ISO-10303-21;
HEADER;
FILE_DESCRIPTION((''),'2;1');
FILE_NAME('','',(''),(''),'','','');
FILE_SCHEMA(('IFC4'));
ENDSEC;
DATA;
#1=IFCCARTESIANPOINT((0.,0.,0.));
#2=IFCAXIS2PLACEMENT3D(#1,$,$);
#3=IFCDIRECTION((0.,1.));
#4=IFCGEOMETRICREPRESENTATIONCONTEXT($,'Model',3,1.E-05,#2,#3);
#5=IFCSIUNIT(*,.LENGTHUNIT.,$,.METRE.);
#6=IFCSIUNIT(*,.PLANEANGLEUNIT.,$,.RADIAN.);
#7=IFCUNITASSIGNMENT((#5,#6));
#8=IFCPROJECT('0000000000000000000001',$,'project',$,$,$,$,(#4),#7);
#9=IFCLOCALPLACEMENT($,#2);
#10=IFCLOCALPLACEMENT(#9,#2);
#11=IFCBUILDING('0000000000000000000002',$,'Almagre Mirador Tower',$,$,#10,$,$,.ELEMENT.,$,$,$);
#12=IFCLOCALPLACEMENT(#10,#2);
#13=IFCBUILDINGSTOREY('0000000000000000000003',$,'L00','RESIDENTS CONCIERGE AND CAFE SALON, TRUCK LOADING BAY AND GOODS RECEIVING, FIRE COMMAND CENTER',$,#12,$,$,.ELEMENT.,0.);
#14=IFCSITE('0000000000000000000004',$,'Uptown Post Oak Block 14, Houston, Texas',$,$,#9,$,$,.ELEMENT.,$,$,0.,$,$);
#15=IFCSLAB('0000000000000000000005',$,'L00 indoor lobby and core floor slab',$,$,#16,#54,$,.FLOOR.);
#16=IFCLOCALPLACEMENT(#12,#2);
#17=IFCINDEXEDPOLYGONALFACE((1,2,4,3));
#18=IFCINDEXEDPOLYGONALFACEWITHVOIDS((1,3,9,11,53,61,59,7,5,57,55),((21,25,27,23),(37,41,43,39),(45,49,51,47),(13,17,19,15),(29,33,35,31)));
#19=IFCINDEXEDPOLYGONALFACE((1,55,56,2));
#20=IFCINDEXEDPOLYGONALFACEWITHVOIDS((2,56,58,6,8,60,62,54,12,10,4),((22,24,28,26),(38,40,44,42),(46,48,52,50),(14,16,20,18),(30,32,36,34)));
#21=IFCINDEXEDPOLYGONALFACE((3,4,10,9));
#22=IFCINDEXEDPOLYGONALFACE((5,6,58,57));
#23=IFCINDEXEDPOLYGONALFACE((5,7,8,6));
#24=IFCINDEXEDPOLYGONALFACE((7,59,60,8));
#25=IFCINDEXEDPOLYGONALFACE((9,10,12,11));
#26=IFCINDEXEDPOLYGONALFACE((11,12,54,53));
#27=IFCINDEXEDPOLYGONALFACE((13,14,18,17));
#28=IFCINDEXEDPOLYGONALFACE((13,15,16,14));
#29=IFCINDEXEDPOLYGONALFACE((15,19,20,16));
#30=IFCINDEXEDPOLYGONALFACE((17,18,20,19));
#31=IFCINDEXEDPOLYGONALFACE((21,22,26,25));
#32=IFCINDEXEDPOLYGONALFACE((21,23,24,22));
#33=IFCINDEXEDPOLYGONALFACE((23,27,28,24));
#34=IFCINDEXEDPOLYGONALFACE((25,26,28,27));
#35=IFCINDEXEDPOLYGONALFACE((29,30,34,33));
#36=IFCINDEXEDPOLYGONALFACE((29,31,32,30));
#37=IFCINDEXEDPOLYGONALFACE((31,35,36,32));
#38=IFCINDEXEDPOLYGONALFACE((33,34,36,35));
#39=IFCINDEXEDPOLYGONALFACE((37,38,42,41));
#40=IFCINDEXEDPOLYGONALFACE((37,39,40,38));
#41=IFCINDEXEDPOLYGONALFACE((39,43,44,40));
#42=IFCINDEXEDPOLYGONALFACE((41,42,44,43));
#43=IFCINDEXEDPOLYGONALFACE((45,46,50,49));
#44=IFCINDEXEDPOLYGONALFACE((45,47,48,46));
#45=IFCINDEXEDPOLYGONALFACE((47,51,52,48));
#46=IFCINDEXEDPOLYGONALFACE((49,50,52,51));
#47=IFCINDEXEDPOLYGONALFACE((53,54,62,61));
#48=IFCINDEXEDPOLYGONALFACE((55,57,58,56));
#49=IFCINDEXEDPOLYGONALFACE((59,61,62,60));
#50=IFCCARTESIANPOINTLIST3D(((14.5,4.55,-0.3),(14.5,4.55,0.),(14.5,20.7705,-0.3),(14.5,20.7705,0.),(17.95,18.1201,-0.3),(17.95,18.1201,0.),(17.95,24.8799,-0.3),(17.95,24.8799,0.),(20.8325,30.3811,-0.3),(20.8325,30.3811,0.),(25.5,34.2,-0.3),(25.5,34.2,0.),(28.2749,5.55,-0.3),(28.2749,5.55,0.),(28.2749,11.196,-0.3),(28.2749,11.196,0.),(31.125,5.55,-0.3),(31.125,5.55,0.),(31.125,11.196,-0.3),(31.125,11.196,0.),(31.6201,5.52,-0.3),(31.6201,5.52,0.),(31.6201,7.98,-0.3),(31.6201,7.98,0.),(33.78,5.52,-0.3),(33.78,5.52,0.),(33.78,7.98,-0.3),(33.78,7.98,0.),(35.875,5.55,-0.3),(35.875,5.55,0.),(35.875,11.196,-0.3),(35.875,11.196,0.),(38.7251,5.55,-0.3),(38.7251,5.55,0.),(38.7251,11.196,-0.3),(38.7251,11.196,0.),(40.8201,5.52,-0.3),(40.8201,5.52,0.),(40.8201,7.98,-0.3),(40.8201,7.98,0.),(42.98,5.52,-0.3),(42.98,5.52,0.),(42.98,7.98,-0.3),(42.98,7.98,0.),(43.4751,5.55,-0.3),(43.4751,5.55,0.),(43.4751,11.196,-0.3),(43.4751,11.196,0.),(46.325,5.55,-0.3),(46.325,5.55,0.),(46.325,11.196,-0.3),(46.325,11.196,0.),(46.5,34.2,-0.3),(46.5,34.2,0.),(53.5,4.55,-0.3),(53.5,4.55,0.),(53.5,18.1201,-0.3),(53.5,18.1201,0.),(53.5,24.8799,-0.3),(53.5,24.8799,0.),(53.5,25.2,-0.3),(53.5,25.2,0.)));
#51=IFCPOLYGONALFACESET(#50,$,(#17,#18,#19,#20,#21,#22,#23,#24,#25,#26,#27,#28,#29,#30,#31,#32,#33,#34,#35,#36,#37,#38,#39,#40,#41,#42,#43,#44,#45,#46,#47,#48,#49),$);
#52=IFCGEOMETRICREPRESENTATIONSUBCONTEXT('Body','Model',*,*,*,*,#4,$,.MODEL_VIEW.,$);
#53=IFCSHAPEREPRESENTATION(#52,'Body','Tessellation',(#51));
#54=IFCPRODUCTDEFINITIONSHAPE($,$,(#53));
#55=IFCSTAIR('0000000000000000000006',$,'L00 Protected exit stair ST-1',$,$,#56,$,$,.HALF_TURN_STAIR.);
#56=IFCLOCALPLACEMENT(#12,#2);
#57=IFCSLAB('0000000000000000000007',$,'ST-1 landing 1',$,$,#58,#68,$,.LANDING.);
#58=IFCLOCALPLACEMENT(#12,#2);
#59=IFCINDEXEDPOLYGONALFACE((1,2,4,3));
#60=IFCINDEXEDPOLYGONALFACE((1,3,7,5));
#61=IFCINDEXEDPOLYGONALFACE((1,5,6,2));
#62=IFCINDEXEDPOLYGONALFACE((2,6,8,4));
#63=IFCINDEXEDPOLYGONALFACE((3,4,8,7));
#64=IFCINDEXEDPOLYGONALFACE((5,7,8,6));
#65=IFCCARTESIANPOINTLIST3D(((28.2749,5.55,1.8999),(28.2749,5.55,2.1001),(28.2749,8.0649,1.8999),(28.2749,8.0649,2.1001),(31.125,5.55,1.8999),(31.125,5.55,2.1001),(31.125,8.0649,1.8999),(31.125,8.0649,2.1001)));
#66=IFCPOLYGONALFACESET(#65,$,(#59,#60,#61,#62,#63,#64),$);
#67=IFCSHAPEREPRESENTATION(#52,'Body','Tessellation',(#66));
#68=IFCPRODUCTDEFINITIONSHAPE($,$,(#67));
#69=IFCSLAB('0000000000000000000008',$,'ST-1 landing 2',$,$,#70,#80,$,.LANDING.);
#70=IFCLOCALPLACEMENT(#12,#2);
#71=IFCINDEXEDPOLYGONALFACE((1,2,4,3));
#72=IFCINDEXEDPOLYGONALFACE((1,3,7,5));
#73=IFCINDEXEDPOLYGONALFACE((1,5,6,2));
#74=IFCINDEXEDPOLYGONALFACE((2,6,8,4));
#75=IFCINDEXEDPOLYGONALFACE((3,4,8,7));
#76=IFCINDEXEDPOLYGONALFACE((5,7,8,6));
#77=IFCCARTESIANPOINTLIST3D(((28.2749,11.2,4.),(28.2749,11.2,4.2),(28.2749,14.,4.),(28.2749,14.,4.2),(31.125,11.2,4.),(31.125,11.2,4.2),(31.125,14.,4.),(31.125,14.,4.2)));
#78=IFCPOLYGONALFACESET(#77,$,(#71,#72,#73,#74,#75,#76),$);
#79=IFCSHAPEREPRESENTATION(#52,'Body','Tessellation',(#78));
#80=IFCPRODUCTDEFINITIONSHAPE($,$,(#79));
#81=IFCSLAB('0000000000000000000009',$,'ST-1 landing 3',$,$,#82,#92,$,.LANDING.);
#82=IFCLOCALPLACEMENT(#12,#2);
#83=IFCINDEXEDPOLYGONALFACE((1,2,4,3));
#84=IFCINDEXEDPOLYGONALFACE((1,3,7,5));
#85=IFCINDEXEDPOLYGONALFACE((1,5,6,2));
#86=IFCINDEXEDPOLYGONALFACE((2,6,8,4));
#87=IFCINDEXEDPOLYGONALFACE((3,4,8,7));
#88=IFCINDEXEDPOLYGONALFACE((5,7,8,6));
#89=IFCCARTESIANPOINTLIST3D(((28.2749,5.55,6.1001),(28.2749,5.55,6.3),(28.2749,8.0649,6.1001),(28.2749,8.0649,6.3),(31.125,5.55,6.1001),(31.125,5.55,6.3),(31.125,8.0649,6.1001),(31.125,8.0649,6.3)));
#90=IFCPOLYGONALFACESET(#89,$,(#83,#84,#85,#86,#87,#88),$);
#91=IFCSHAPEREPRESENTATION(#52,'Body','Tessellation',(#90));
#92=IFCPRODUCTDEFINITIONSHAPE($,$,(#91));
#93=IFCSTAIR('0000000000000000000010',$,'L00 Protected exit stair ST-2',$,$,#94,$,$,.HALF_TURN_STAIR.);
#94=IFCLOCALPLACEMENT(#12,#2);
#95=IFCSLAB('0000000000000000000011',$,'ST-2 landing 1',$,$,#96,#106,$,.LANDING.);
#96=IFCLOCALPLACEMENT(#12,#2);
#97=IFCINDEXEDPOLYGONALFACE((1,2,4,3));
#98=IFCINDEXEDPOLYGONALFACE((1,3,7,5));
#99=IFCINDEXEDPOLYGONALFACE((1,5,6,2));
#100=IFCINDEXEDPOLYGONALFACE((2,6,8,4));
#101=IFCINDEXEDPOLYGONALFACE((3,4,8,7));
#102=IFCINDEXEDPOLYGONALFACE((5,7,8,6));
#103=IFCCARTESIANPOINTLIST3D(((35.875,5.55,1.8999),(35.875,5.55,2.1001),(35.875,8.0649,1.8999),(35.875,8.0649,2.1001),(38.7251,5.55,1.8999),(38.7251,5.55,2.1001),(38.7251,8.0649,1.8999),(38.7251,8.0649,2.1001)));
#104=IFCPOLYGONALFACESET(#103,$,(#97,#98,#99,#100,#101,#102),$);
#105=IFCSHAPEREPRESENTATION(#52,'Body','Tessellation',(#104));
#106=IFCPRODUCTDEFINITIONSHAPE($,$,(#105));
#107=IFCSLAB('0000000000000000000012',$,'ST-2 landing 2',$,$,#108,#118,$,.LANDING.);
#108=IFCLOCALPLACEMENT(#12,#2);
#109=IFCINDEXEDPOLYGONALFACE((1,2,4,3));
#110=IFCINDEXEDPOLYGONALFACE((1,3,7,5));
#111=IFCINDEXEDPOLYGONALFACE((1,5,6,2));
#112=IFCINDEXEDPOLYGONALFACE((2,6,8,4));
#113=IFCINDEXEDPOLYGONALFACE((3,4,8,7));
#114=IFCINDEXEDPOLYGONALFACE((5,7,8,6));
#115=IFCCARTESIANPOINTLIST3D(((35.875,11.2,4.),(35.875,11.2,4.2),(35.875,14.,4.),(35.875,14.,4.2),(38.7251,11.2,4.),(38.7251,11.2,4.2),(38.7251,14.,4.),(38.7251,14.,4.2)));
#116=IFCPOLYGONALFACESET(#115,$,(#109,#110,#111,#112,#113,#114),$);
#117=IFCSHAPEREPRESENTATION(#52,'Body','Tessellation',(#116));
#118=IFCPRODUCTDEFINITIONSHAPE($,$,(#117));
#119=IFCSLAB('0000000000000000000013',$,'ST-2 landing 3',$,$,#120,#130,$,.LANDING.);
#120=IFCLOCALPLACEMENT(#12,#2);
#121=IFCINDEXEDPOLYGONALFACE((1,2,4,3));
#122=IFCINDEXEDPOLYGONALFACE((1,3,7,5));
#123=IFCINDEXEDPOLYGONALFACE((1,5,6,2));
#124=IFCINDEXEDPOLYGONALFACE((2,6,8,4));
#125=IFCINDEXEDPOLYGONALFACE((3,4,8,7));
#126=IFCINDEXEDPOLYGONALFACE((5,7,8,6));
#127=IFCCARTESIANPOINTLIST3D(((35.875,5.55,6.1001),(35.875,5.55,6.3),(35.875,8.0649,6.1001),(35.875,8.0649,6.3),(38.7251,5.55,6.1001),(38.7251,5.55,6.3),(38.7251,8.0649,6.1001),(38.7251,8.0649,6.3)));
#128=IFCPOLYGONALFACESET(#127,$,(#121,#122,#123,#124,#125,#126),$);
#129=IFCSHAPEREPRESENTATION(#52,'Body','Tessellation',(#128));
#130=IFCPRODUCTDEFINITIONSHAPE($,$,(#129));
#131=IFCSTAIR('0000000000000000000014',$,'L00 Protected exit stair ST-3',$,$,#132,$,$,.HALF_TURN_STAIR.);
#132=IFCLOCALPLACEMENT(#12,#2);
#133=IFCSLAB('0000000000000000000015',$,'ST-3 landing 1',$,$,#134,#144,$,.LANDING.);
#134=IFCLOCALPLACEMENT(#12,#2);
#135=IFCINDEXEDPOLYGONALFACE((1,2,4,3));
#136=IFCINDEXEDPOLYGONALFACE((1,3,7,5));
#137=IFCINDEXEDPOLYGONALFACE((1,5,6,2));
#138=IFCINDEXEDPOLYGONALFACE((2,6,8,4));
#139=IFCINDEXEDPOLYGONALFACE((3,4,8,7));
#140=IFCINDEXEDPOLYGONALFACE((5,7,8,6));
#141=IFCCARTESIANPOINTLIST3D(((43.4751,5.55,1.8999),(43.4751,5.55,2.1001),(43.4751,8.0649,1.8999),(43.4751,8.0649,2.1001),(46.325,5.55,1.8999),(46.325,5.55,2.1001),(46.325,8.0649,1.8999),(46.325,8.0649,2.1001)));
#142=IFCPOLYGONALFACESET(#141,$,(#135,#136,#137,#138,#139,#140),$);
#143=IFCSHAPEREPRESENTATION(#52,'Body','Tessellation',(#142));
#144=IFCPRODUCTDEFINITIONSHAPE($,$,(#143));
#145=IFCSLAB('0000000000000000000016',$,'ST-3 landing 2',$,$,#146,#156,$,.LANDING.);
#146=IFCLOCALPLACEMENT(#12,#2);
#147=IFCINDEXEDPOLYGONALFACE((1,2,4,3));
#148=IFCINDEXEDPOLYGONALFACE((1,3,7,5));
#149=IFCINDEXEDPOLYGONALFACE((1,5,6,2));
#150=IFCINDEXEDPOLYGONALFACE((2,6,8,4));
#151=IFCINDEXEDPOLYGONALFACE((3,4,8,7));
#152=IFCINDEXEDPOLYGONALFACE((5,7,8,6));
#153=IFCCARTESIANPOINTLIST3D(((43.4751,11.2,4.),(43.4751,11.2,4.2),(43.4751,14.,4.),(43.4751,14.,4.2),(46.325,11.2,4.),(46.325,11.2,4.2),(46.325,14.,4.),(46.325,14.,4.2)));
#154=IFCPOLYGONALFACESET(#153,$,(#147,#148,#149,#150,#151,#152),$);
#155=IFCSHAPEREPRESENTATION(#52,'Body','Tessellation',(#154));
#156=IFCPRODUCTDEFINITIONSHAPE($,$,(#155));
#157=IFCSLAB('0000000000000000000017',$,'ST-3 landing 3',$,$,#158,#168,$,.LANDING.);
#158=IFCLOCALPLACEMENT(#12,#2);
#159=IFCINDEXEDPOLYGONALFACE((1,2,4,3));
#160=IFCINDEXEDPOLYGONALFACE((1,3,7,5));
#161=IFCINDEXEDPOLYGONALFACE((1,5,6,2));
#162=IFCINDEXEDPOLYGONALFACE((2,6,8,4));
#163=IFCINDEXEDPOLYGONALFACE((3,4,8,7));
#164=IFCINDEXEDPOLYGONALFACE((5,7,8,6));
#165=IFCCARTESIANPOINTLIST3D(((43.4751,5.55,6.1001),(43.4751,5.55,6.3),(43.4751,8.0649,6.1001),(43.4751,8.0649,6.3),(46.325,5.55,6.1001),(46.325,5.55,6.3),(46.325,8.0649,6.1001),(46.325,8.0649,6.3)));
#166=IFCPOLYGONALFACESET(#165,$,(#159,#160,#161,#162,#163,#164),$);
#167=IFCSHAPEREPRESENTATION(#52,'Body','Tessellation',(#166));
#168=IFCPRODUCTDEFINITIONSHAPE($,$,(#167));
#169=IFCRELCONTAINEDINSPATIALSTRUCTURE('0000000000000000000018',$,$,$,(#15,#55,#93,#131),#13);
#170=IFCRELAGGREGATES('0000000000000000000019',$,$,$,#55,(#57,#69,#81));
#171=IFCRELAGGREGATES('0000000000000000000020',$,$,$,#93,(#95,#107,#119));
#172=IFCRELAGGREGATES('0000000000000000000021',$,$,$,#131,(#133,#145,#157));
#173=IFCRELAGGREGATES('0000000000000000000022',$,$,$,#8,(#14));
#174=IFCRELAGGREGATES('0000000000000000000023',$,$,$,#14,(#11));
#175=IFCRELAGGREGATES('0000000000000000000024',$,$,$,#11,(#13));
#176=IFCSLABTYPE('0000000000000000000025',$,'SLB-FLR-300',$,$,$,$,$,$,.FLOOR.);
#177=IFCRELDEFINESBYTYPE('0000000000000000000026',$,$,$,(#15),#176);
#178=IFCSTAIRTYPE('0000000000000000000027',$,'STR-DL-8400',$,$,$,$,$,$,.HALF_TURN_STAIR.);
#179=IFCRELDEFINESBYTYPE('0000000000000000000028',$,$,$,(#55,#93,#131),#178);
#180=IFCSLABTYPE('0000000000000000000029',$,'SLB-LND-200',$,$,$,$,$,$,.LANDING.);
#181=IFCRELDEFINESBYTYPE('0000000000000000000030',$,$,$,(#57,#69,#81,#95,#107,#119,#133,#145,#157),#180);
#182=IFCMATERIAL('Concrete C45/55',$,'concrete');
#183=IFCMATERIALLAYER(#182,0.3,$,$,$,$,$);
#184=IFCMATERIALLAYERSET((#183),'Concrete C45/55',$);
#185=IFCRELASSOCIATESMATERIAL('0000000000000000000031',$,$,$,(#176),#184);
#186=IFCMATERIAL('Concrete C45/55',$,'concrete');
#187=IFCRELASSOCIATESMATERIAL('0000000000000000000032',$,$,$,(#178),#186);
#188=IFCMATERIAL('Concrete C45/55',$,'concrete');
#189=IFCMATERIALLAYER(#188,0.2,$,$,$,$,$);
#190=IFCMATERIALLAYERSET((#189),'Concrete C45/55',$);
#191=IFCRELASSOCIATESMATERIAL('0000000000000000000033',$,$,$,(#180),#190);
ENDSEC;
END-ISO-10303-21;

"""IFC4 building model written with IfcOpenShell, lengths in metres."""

from ifc_helpers import new_model, si_unit, direction, frame, origin, place, context, subcontext, project, spatial, polyline, outline, extrude, material, layer, layer_set, type_object, element, aggregate, save


model = new_model("IFC4")

# Units and contexts
model_context = context("Model", 3, precision=1e-05, world=origin(), true_north=direction((0.0, 1.0)))
body_context = subcontext(model_context, "Body", "Model", "MODEL_VIEW")
ifc_project = project(units=[si_unit("LENGTHUNIT", "METRE"), si_unit("PLANEANGLEUNIT", "RADIAN")], contexts=[model_context])

# Site, building, storey
site_placement = place(None, origin())
site = spatial("IfcSite", under=ifc_project, at=site_placement, Name="Uptown Post Oak Block 14, Houston, Texas", CompositionType="ELEMENT", RefElevation=0.0)
building_placement = place(site_placement, origin())
building = spatial("IfcBuilding", under=site, at=building_placement, Name="Almagre Mirador Tower", CompositionType="ELEMENT")
storey_placement = place(building_placement, origin())
storey = spatial("IfcBuildingStorey", under=building, at=storey_placement, Name="L00", Description="RESIDENTS CONCIERGE AND CAFE SALON, TRUCK LOADING BAY AND GOODS RECEIVING, FIRE COMMAND CENTER", CompositionType="ELEMENT", Elevation=0.0)

# Slab
ifc_material_1 = material(Name="Concrete C45/55", Category="concrete")
ifc_layer_1 = layer(ifc_material_1, 0.3)
ifc_layer_set_1 = layer_set([ifc_layer_1], Name="Concrete C45/55")
slab_type_1 = type_object("IfcSlabType", Name="SLB-FLR-300", PredefinedType="FLOOR", material=ifc_layer_set_1)
slab_1_placement = place(storey_placement, frame((0.0, 0.0, -0.3)))
element("IfcSlab", 1, at=slab_1_placement, inside=storey, type_object=slab_type_1, Name="L00 indoor lobby and core floor slab", PredefinedType="FLOOR", context=body_context, shape_type="SweptSolid", body=[
    extrude(outline(polyline([(25.5, 34.2), (20.8325, 30.3811), (14.5, 20.7705), (14.5, 4.55), (53.5, 4.55), (53.5, 18.1201), (17.95, 18.1201), (17.95, 24.8799), (53.5, 24.8799), (53.5, 25.2), (46.5, 34.2), (25.5, 34.2)]), holes=[polyline([(43.4751, 5.55), (43.4751, 11.196), (46.325, 11.196), (46.325, 5.55), (43.4751, 5.55)]), polyline([(42.98, 5.52), (40.8201, 5.52), (40.8201, 7.98), (42.98, 7.98), (42.98, 5.52)]), polyline([(38.7251, 5.55), (35.875, 5.55), (35.875, 11.196), (38.7251, 11.196), (38.7251, 5.55)]), polyline([(33.78, 7.98), (33.78, 5.52), (31.6201, 5.52), (31.6201, 7.98), (33.78, 7.98)]), polyline([(28.2749, 5.55), (28.2749, 11.196), (31.125, 11.196), (31.125, 5.55), (28.2749, 5.55)])]), origin(), (0.0, 0.0, 1.0), 0.3),
])

# Stairs, slabs
ifc_material_2 = material(Name="Concrete C45/55", Category="concrete")
stair_type = type_object("IfcStairType", Name="STR-DL-8400", PredefinedType="HALF_TURN_STAIR", material=ifc_material_2)
stair_1_placement = place(storey_placement, origin())
stair_1 = element("IfcStair", 2, at=stair_1_placement, inside=storey, type_object=stair_type, Name="L00 Protected exit stair ST-1", PredefinedType="HALF_TURN_STAIR")
ifc_material_3 = material(Name="Concrete C45/55", Category="concrete")
ifc_layer_2 = layer(ifc_material_3, 0.2)
ifc_layer_set_2 = layer_set([ifc_layer_2], Name="Concrete C45/55")
slab_type_2 = type_object("IfcSlabType", Name="SLB-LND-200", PredefinedType="LANDING", material=ifc_layer_set_2)
slab_2_placement = place(storey_placement, frame((0.0, 0.0, 1.8999)))
slab_2 = element("IfcSlab", 3, at=slab_2_placement, type_object=slab_type_2, Name="ST-1 landing 1", PredefinedType="LANDING", context=body_context, shape_type="SweptSolid", body=[
    extrude(outline(polyline([(28.2749, 8.0649), (28.2749, 5.55), (31.125, 5.55), (31.125, 8.0649), (28.2749, 8.0649)])), origin(), (0.0, 0.0, 1.0), 0.2002),
])
slab_3_placement = place(storey_placement, frame((0.0, 0.0, 4.0)))
slab_3 = element("IfcSlab", 4, at=slab_3_placement, type_object=slab_type_2, Name="ST-1 landing 2", PredefinedType="LANDING", context=body_context, shape_type="SweptSolid", body=[
    extrude(outline(polyline([(28.2749, 14.0), (28.2749, 11.2), (31.125, 11.2), (31.125, 14.0), (28.2749, 14.0)])), origin(), (0.0, 0.0, 1.0), 0.2),
])
slab_4_placement = place(storey_placement, frame((0.0, 0.0, 6.1001)))
slab_4 = element("IfcSlab", 5, at=slab_4_placement, type_object=slab_type_2, Name="ST-1 landing 3", PredefinedType="LANDING", context=body_context, shape_type="SweptSolid", body=[
    extrude(outline(polyline([(28.2749, 8.0649), (28.2749, 5.55), (31.125, 5.55), (31.125, 8.0649), (28.2749, 8.0649)])), origin(), (0.0, 0.0, 1.0), 0.2),
])
aggregate(stair_1, [slab_2, slab_3, slab_4])
stair_2_placement = place(storey_placement, origin())
stair_2 = element("IfcStair", 6, at=stair_2_placement, inside=storey, type_object=stair_type, Name="L00 Protected exit stair ST-2", PredefinedType="HALF_TURN_STAIR")
slab_5_placement = place(storey_placement, frame((0.0, 0.0, 1.8999)))
slab_5 = element("IfcSlab", 7, at=slab_5_placement, type_object=slab_type_2, Name="ST-2 landing 1", PredefinedType="LANDING", context=body_context, shape_type="SweptSolid", body=[
    extrude(outline(polyline([(35.875, 8.0649), (35.875, 5.55), (38.7251, 5.55), (38.7251, 8.0649), (35.875, 8.0649)])), origin(), (0.0, 0.0, 1.0), 0.2002),
])
slab_6_placement = place(storey_placement, frame((0.0, 0.0, 4.0)))
slab_6 = element("IfcSlab", 8, at=slab_6_placement, type_object=slab_type_2, Name="ST-2 landing 2", PredefinedType="LANDING", context=body_context, shape_type="SweptSolid", body=[
    extrude(outline(polyline([(35.875, 14.0), (35.875, 11.2), (38.7251, 11.2), (38.7251, 14.0), (35.875, 14.0)])), origin(), (0.0, 0.0, 1.0), 0.2),
])
slab_7_placement = place(storey_placement, frame((0.0, 0.0, 6.1001)))
slab_7 = element("IfcSlab", 9, at=slab_7_placement, type_object=slab_type_2, Name="ST-2 landing 3", PredefinedType="LANDING", context=body_context, shape_type="SweptSolid", body=[
    extrude(outline(polyline([(35.875, 8.0649), (35.875, 5.55), (38.7251, 5.55), (38.7251, 8.0649), (35.875, 8.0649)])), origin(), (0.0, 0.0, 1.0), 0.2),
])
aggregate(stair_2, [slab_5, slab_6, slab_7])
stair_3_placement = place(storey_placement, origin())
stair_3 = element("IfcStair", 10, at=stair_3_placement, inside=storey, type_object=stair_type, Name="L00 Protected exit stair ST-3", PredefinedType="HALF_TURN_STAIR")
slab_8_placement = place(storey_placement, frame((0.0, 0.0, 1.8999)))
slab_8 = element("IfcSlab", 11, at=slab_8_placement, type_object=slab_type_2, Name="ST-3 landing 1", PredefinedType="LANDING", context=body_context, shape_type="SweptSolid", body=[
    extrude(outline(polyline([(43.4751, 8.0649), (43.4751, 5.55), (46.325, 5.55), (46.325, 8.0649), (43.4751, 8.0649)])), origin(), (0.0, 0.0, 1.0), 0.2002),
])
slab_9_placement = place(storey_placement, frame((0.0, 0.0, 4.0)))
slab_9 = element("IfcSlab", 12, at=slab_9_placement, type_object=slab_type_2, Name="ST-3 landing 2", PredefinedType="LANDING", context=body_context, shape_type="SweptSolid", body=[
    extrude(outline(polyline([(43.4751, 14.0), (43.4751, 11.2), (46.325, 11.2), (46.325, 14.0), (43.4751, 14.0)])), origin(), (0.0, 0.0, 1.0), 0.2),
])
slab_10_placement = place(storey_placement, frame((0.0, 0.0, 6.1001)))
slab_10 = element("IfcSlab", 13, at=slab_10_placement, type_object=slab_type_2, Name="ST-3 landing 3", PredefinedType="LANDING", context=body_context, shape_type="SweptSolid", body=[
    extrude(outline(polyline([(43.4751, 8.0649), (43.4751, 5.55), (46.325, 5.55), (46.325, 8.0649), (43.4751, 8.0649)])), origin(), (0.0, 0.0, 1.0), 0.2),
])
aggregate(stair_3, [slab_8, slab_9, slab_10])

save(model, "model.ifc")
